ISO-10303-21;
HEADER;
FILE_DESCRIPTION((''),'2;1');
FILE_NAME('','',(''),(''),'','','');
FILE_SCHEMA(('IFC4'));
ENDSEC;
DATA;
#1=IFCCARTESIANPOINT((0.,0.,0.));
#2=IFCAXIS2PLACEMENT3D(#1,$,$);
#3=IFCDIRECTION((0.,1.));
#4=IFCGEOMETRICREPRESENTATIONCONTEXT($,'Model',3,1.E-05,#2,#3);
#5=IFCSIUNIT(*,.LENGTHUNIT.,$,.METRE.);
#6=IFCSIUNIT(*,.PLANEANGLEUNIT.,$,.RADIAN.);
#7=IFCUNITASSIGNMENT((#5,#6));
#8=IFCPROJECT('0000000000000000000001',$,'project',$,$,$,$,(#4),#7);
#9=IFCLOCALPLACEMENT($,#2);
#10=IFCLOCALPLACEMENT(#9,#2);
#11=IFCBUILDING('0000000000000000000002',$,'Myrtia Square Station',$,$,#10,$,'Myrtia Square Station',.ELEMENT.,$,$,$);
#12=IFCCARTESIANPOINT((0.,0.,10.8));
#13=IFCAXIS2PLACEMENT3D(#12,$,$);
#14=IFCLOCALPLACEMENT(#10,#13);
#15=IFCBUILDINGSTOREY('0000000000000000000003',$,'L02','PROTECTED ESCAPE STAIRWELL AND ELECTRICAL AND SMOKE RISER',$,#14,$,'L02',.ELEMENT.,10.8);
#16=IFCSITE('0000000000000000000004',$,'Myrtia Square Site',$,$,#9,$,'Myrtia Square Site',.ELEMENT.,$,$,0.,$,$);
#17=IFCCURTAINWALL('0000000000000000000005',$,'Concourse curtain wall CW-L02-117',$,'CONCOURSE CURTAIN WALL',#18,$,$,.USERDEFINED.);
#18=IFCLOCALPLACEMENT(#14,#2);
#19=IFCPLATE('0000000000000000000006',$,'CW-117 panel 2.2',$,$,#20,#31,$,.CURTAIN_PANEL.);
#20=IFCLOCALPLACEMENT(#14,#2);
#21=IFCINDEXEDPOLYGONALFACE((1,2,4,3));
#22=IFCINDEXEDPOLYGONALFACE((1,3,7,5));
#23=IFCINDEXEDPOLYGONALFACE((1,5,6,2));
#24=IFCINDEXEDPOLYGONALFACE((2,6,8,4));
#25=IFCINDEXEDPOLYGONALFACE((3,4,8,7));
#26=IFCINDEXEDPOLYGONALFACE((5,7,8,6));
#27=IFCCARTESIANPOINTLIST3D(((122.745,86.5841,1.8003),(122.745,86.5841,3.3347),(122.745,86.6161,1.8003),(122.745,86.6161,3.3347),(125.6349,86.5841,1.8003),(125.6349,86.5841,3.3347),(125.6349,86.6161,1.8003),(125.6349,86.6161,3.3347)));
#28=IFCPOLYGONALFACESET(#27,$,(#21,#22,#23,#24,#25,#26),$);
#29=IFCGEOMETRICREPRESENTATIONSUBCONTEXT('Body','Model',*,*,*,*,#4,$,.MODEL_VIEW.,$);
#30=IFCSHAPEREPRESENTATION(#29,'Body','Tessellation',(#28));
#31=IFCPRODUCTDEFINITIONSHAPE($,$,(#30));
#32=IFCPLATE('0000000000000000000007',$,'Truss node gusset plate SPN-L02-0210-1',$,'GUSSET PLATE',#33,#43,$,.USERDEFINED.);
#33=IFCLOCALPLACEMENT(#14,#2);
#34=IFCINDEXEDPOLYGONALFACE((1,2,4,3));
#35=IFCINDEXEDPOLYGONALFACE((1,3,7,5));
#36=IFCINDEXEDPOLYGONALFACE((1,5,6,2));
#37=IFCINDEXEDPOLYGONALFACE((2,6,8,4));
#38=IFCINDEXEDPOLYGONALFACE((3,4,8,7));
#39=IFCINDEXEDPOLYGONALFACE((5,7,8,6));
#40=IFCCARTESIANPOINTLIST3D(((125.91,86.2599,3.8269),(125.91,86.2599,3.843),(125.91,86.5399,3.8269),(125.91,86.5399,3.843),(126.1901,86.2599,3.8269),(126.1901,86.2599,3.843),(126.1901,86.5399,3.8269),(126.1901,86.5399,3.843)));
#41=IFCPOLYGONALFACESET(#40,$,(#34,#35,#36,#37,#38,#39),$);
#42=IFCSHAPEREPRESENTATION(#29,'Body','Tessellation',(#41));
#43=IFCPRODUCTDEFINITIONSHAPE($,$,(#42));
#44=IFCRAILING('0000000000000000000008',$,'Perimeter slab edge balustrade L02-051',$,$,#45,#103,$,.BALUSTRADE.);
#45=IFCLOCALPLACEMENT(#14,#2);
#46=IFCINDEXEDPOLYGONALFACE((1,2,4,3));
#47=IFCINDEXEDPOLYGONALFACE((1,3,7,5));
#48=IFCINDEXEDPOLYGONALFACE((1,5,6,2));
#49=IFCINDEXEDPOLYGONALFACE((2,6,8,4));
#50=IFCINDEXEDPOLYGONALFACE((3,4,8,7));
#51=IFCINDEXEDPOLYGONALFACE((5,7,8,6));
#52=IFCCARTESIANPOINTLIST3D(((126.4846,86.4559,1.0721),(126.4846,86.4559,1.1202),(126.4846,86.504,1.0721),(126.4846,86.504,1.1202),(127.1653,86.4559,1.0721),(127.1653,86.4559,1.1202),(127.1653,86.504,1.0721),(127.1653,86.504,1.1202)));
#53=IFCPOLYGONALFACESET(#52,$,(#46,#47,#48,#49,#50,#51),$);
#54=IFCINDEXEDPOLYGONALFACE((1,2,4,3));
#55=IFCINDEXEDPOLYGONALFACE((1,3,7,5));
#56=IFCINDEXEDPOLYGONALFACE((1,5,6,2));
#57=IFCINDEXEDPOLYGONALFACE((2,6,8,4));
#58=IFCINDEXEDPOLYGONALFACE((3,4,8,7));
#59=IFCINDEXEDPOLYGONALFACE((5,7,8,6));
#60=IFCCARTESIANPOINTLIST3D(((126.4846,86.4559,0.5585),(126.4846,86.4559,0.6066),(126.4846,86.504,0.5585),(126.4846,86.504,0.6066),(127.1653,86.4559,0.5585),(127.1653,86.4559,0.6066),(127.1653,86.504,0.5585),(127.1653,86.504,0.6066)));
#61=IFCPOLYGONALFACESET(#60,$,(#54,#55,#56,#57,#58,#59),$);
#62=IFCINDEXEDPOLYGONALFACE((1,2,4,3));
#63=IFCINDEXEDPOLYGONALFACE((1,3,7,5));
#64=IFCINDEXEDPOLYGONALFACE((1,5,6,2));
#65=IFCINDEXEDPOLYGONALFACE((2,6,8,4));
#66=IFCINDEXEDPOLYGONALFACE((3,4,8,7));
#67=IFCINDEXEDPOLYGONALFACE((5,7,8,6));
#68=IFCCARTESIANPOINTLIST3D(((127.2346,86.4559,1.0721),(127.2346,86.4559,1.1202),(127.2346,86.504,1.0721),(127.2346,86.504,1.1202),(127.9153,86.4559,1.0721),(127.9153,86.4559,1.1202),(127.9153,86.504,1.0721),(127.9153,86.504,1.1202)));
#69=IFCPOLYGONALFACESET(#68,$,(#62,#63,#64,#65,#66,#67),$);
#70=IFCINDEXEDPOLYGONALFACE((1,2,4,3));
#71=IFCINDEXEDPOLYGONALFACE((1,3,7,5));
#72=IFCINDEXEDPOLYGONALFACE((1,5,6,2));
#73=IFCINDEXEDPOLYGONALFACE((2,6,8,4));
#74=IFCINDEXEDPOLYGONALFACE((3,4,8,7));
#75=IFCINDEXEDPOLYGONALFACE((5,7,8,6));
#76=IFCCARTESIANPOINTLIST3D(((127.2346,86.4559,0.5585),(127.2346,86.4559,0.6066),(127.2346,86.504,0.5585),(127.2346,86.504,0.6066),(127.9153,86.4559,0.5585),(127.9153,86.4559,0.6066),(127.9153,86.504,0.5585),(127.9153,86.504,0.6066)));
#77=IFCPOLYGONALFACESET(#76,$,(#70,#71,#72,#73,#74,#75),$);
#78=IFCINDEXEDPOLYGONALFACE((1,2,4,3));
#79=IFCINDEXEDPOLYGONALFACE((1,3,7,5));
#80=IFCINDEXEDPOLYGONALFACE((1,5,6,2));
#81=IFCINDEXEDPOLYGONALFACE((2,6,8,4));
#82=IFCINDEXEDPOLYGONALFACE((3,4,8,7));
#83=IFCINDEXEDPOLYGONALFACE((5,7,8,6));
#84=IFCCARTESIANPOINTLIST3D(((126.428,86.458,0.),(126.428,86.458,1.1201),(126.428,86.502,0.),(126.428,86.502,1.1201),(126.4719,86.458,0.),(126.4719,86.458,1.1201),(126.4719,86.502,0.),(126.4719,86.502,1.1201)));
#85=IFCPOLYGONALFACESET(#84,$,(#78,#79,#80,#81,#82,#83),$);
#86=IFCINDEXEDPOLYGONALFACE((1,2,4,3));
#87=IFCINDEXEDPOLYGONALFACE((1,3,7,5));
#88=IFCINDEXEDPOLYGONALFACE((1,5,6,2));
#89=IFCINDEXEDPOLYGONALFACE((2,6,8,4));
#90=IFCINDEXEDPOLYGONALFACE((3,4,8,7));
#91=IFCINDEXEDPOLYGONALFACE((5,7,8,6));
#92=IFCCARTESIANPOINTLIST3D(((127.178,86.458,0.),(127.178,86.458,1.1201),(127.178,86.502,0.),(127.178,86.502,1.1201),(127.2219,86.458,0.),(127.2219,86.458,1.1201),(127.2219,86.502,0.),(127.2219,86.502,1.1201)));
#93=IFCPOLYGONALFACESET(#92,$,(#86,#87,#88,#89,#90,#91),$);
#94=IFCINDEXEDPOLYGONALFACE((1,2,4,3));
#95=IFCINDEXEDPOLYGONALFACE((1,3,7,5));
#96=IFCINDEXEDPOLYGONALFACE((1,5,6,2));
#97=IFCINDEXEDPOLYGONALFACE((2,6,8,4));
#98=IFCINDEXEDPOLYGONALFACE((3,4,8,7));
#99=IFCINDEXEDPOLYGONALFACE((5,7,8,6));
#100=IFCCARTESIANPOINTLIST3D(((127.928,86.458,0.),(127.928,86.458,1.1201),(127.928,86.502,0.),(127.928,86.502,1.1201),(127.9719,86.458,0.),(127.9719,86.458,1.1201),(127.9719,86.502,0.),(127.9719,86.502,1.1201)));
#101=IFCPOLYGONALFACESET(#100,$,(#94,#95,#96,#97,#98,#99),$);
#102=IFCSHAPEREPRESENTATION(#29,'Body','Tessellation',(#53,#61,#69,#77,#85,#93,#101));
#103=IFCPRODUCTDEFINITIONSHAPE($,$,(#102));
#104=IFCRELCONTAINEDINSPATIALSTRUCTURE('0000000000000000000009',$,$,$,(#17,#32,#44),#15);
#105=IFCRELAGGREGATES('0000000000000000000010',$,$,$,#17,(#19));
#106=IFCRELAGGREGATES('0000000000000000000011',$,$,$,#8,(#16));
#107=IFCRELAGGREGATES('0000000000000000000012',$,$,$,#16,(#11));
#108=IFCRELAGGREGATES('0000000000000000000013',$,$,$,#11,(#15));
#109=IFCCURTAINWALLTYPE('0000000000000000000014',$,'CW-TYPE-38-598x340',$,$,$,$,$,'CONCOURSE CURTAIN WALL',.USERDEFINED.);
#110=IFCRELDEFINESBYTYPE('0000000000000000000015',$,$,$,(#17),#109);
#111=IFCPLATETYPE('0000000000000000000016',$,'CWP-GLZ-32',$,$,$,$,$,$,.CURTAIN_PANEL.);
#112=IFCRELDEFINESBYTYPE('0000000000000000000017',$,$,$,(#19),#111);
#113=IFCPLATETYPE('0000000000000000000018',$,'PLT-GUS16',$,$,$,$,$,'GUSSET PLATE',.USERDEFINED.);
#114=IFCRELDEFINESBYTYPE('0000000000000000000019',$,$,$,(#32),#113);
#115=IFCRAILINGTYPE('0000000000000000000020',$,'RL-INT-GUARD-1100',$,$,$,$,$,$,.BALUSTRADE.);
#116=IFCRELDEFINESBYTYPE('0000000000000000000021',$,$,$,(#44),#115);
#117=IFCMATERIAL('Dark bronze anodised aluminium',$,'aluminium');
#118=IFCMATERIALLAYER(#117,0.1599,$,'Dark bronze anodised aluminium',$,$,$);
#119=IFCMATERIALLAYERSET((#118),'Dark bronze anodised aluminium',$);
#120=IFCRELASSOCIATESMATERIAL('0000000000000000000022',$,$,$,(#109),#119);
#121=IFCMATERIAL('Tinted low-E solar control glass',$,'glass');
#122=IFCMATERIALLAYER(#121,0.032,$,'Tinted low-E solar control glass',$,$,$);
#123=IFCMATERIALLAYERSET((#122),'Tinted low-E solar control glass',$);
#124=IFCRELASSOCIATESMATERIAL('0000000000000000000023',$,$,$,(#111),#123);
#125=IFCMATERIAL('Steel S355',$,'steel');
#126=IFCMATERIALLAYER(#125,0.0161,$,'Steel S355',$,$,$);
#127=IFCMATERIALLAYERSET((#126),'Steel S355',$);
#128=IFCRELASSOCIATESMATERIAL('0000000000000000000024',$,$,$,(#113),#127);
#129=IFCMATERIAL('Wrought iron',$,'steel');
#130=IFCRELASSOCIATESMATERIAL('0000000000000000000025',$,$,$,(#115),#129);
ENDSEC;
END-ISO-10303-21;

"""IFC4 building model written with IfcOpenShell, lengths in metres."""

from ifc_helpers import new_model, si_unit, direction, frame, origin, origin_2d, place, context, subcontext, project, spatial, rectangle, extrude, material, layer, layer_set, type_object, element, aggregate, save


model = new_model("IFC4")

# Units and contexts
model_context = context("Model", 3, precision=1e-05, world=origin(), true_north=direction((0.0, 1.0)))
body_context = subcontext(model_context, "Body", "Model", "MODEL_VIEW")
ifc_project = project(units=[si_unit("LENGTHUNIT", "METRE"), si_unit("PLANEANGLEUNIT", "RADIAN")], contexts=[model_context])

# Site, building, storey
site_placement = place(None, origin())
site = spatial("IfcSite", under=ifc_project, at=site_placement, Name="Myrtia Square Site", LongName="Myrtia Square Site", CompositionType="ELEMENT", RefElevation=0.0)
building_placement = place(site_placement, origin())
building = spatial("IfcBuilding", under=site, at=building_placement, Name="Myrtia Square Station", LongName="Myrtia Square Station", CompositionType="ELEMENT")
storey_placement = place(building_placement, frame((0.0, 0.0, 10.8)))
storey = spatial("IfcBuildingStorey", under=building, at=storey_placement, Name="L02", Description="PROTECTED ESCAPE STAIRWELL AND ELECTRICAL AND SMOKE RISER", LongName="L02", CompositionType="ELEMENT", Elevation=10.8)

# Shared definitions
ifc_material_1 = material(Name="Steel S355", Category="steel")

# Curtain wall
ifc_material_2 = material(Name="Dark bronze anodised aluminium", Category="aluminium")
ifc_layer_1 = layer(ifc_material_2, 0.1599, Name="Dark bronze anodised aluminium")
ifc_layer_set_1 = layer_set([ifc_layer_1], Name="Dark bronze anodised aluminium")
curtain_wall_type_1 = type_object("IfcCurtainWallType", Name="CW-TYPE-38-598x340", ElementType="CONCOURSE CURTAIN WALL", PredefinedType="USERDEFINED", material=ifc_layer_set_1)
curtain_wall_1_placement = place(storey_placement, origin())
curtain_wall_1 = element("IfcCurtainWall", 1, at=curtain_wall_1_placement, inside=storey, type_object=curtain_wall_type_1, Name="Concourse curtain wall CW-L02-117", ObjectType="CONCOURSE CURTAIN WALL", PredefinedType="USERDEFINED")

# Plates
ifc_material_3 = material(Name="Tinted low-E solar control glass", Category="glass")
ifc_layer_2 = layer(ifc_material_3, 0.032, Name="Tinted low-E solar control glass")
ifc_layer_set_2 = layer_set([ifc_layer_2], Name="Tinted low-E solar control glass")
plate_type_1 = type_object("IfcPlateType", Name="CWP-GLZ-32", PredefinedType="CURTAIN_PANEL", material=ifc_layer_set_2)
plate_1_placement = place(storey_placement, frame((124.1899, 86.6001, 1.8003), z_axis=(0.0, 0.0, 1.0), x_axis=(1.0, 0.0, 0.0)))
plate_1 = element("IfcPlate", 2, at=plate_1_placement, type_object=plate_type_1, Name="CW-117 panel 2.2", PredefinedType="CURTAIN_PANEL", context=body_context, shape_type="SweptSolid", body=[
    extrude(rectangle(XDim=2.8899, YDim=0.032, at=origin_2d()), origin(), (0.0, 0.0, 1.0), 1.5344),
])
aggregate(curtain_wall_1, [plate_1])
ifc_layer_3 = layer(ifc_material_1, 0.0161, Name="Steel S355")
ifc_layer_set_3 = layer_set([ifc_layer_3], Name="Steel S355")
plate_type_2 = type_object("IfcPlateType", Name="PLT-GUS16", ElementType="GUSSET PLATE", PredefinedType="USERDEFINED", material=ifc_layer_set_3)
plate_2_placement = place(storey_placement, frame((126.05, 86.3999, 3.8269), z_axis=(0.0, 0.0, 1.0), x_axis=(1.0, 0.0, 0.0)))
element("IfcPlate", 3, at=plate_2_placement, inside=storey, type_object=plate_type_2, Name="Truss node gusset plate SPN-L02-0210-1", ObjectType="GUSSET PLATE", PredefinedType="USERDEFINED", context=body_context, shape_type="SweptSolid", body=[
    extrude(rectangle(XDim=0.28, YDim=0.28, at=origin_2d()), origin(), (0.0, 0.0, 1.0), 0.0161),
])

# Railing
ifc_material_4 = material(Name="Wrought iron", Category="steel")
railing_type = type_object("IfcRailingType", Name="RL-INT-GUARD-1100", PredefinedType="BALUSTRADE", material=ifc_material_4)
railing_placement = place(storey_placement, frame((126.45, 86.48, 0.0)))
element("IfcRailing", 4, at=railing_placement, inside=storey, type_object=railing_type, Name="Perimeter slab edge balustrade L02-051", PredefinedType="BALUSTRADE", context=body_context, shape_type="SweptSolid", body=[
    extrude(rectangle(XDim=0.0481, YDim=0.0481, at=origin_2d()), frame((0.0347, 0.0, 1.0962), z_axis=(1.0, 0.0, 0.0), x_axis=(0.0, 1.0, 0.0)), (0.0, 0.0, 1.0), 0.6807),
    extrude(rectangle(XDim=0.0481, YDim=0.0481, at=origin_2d()), frame((0.0347, 0.0, 0.5825), z_axis=(1.0, 0.0, 0.0), x_axis=(0.0, 1.0, 0.0)), (0.0, 0.0, 1.0), 0.6807),
    extrude(rectangle(XDim=0.0481, YDim=0.0481, at=origin_2d()), frame((0.7847, 0.0, 1.0962), z_axis=(1.0, 0.0, 0.0), x_axis=(0.0, 1.0, 0.0)), (0.0, 0.0, 1.0), 0.6807),
    extrude(rectangle(XDim=0.0481, YDim=0.0481, at=origin_2d()), frame((0.7847, 0.0, 0.5825), z_axis=(1.0, 0.0, 0.0), x_axis=(0.0, 1.0, 0.0)), (0.0, 0.0, 1.0), 0.6807),
    extrude(rectangle(XDim=0.0439, YDim=0.0439, at=origin_2d()), origin(), (0.0, 0.0, 1.0), 1.1201),
    extrude(rectangle(XDim=0.0439, YDim=0.0439, at=origin_2d()), frame((0.75, 0.0, 0.0)), (0.0, 0.0, 1.0), 1.1201),
    extrude(rectangle(XDim=0.0439, YDim=0.0439, at=origin_2d()), frame((1.5, 0.0, 0.0)), (0.0, 0.0, 1.0), 1.1201),
])

save(model, "model.ifc")
